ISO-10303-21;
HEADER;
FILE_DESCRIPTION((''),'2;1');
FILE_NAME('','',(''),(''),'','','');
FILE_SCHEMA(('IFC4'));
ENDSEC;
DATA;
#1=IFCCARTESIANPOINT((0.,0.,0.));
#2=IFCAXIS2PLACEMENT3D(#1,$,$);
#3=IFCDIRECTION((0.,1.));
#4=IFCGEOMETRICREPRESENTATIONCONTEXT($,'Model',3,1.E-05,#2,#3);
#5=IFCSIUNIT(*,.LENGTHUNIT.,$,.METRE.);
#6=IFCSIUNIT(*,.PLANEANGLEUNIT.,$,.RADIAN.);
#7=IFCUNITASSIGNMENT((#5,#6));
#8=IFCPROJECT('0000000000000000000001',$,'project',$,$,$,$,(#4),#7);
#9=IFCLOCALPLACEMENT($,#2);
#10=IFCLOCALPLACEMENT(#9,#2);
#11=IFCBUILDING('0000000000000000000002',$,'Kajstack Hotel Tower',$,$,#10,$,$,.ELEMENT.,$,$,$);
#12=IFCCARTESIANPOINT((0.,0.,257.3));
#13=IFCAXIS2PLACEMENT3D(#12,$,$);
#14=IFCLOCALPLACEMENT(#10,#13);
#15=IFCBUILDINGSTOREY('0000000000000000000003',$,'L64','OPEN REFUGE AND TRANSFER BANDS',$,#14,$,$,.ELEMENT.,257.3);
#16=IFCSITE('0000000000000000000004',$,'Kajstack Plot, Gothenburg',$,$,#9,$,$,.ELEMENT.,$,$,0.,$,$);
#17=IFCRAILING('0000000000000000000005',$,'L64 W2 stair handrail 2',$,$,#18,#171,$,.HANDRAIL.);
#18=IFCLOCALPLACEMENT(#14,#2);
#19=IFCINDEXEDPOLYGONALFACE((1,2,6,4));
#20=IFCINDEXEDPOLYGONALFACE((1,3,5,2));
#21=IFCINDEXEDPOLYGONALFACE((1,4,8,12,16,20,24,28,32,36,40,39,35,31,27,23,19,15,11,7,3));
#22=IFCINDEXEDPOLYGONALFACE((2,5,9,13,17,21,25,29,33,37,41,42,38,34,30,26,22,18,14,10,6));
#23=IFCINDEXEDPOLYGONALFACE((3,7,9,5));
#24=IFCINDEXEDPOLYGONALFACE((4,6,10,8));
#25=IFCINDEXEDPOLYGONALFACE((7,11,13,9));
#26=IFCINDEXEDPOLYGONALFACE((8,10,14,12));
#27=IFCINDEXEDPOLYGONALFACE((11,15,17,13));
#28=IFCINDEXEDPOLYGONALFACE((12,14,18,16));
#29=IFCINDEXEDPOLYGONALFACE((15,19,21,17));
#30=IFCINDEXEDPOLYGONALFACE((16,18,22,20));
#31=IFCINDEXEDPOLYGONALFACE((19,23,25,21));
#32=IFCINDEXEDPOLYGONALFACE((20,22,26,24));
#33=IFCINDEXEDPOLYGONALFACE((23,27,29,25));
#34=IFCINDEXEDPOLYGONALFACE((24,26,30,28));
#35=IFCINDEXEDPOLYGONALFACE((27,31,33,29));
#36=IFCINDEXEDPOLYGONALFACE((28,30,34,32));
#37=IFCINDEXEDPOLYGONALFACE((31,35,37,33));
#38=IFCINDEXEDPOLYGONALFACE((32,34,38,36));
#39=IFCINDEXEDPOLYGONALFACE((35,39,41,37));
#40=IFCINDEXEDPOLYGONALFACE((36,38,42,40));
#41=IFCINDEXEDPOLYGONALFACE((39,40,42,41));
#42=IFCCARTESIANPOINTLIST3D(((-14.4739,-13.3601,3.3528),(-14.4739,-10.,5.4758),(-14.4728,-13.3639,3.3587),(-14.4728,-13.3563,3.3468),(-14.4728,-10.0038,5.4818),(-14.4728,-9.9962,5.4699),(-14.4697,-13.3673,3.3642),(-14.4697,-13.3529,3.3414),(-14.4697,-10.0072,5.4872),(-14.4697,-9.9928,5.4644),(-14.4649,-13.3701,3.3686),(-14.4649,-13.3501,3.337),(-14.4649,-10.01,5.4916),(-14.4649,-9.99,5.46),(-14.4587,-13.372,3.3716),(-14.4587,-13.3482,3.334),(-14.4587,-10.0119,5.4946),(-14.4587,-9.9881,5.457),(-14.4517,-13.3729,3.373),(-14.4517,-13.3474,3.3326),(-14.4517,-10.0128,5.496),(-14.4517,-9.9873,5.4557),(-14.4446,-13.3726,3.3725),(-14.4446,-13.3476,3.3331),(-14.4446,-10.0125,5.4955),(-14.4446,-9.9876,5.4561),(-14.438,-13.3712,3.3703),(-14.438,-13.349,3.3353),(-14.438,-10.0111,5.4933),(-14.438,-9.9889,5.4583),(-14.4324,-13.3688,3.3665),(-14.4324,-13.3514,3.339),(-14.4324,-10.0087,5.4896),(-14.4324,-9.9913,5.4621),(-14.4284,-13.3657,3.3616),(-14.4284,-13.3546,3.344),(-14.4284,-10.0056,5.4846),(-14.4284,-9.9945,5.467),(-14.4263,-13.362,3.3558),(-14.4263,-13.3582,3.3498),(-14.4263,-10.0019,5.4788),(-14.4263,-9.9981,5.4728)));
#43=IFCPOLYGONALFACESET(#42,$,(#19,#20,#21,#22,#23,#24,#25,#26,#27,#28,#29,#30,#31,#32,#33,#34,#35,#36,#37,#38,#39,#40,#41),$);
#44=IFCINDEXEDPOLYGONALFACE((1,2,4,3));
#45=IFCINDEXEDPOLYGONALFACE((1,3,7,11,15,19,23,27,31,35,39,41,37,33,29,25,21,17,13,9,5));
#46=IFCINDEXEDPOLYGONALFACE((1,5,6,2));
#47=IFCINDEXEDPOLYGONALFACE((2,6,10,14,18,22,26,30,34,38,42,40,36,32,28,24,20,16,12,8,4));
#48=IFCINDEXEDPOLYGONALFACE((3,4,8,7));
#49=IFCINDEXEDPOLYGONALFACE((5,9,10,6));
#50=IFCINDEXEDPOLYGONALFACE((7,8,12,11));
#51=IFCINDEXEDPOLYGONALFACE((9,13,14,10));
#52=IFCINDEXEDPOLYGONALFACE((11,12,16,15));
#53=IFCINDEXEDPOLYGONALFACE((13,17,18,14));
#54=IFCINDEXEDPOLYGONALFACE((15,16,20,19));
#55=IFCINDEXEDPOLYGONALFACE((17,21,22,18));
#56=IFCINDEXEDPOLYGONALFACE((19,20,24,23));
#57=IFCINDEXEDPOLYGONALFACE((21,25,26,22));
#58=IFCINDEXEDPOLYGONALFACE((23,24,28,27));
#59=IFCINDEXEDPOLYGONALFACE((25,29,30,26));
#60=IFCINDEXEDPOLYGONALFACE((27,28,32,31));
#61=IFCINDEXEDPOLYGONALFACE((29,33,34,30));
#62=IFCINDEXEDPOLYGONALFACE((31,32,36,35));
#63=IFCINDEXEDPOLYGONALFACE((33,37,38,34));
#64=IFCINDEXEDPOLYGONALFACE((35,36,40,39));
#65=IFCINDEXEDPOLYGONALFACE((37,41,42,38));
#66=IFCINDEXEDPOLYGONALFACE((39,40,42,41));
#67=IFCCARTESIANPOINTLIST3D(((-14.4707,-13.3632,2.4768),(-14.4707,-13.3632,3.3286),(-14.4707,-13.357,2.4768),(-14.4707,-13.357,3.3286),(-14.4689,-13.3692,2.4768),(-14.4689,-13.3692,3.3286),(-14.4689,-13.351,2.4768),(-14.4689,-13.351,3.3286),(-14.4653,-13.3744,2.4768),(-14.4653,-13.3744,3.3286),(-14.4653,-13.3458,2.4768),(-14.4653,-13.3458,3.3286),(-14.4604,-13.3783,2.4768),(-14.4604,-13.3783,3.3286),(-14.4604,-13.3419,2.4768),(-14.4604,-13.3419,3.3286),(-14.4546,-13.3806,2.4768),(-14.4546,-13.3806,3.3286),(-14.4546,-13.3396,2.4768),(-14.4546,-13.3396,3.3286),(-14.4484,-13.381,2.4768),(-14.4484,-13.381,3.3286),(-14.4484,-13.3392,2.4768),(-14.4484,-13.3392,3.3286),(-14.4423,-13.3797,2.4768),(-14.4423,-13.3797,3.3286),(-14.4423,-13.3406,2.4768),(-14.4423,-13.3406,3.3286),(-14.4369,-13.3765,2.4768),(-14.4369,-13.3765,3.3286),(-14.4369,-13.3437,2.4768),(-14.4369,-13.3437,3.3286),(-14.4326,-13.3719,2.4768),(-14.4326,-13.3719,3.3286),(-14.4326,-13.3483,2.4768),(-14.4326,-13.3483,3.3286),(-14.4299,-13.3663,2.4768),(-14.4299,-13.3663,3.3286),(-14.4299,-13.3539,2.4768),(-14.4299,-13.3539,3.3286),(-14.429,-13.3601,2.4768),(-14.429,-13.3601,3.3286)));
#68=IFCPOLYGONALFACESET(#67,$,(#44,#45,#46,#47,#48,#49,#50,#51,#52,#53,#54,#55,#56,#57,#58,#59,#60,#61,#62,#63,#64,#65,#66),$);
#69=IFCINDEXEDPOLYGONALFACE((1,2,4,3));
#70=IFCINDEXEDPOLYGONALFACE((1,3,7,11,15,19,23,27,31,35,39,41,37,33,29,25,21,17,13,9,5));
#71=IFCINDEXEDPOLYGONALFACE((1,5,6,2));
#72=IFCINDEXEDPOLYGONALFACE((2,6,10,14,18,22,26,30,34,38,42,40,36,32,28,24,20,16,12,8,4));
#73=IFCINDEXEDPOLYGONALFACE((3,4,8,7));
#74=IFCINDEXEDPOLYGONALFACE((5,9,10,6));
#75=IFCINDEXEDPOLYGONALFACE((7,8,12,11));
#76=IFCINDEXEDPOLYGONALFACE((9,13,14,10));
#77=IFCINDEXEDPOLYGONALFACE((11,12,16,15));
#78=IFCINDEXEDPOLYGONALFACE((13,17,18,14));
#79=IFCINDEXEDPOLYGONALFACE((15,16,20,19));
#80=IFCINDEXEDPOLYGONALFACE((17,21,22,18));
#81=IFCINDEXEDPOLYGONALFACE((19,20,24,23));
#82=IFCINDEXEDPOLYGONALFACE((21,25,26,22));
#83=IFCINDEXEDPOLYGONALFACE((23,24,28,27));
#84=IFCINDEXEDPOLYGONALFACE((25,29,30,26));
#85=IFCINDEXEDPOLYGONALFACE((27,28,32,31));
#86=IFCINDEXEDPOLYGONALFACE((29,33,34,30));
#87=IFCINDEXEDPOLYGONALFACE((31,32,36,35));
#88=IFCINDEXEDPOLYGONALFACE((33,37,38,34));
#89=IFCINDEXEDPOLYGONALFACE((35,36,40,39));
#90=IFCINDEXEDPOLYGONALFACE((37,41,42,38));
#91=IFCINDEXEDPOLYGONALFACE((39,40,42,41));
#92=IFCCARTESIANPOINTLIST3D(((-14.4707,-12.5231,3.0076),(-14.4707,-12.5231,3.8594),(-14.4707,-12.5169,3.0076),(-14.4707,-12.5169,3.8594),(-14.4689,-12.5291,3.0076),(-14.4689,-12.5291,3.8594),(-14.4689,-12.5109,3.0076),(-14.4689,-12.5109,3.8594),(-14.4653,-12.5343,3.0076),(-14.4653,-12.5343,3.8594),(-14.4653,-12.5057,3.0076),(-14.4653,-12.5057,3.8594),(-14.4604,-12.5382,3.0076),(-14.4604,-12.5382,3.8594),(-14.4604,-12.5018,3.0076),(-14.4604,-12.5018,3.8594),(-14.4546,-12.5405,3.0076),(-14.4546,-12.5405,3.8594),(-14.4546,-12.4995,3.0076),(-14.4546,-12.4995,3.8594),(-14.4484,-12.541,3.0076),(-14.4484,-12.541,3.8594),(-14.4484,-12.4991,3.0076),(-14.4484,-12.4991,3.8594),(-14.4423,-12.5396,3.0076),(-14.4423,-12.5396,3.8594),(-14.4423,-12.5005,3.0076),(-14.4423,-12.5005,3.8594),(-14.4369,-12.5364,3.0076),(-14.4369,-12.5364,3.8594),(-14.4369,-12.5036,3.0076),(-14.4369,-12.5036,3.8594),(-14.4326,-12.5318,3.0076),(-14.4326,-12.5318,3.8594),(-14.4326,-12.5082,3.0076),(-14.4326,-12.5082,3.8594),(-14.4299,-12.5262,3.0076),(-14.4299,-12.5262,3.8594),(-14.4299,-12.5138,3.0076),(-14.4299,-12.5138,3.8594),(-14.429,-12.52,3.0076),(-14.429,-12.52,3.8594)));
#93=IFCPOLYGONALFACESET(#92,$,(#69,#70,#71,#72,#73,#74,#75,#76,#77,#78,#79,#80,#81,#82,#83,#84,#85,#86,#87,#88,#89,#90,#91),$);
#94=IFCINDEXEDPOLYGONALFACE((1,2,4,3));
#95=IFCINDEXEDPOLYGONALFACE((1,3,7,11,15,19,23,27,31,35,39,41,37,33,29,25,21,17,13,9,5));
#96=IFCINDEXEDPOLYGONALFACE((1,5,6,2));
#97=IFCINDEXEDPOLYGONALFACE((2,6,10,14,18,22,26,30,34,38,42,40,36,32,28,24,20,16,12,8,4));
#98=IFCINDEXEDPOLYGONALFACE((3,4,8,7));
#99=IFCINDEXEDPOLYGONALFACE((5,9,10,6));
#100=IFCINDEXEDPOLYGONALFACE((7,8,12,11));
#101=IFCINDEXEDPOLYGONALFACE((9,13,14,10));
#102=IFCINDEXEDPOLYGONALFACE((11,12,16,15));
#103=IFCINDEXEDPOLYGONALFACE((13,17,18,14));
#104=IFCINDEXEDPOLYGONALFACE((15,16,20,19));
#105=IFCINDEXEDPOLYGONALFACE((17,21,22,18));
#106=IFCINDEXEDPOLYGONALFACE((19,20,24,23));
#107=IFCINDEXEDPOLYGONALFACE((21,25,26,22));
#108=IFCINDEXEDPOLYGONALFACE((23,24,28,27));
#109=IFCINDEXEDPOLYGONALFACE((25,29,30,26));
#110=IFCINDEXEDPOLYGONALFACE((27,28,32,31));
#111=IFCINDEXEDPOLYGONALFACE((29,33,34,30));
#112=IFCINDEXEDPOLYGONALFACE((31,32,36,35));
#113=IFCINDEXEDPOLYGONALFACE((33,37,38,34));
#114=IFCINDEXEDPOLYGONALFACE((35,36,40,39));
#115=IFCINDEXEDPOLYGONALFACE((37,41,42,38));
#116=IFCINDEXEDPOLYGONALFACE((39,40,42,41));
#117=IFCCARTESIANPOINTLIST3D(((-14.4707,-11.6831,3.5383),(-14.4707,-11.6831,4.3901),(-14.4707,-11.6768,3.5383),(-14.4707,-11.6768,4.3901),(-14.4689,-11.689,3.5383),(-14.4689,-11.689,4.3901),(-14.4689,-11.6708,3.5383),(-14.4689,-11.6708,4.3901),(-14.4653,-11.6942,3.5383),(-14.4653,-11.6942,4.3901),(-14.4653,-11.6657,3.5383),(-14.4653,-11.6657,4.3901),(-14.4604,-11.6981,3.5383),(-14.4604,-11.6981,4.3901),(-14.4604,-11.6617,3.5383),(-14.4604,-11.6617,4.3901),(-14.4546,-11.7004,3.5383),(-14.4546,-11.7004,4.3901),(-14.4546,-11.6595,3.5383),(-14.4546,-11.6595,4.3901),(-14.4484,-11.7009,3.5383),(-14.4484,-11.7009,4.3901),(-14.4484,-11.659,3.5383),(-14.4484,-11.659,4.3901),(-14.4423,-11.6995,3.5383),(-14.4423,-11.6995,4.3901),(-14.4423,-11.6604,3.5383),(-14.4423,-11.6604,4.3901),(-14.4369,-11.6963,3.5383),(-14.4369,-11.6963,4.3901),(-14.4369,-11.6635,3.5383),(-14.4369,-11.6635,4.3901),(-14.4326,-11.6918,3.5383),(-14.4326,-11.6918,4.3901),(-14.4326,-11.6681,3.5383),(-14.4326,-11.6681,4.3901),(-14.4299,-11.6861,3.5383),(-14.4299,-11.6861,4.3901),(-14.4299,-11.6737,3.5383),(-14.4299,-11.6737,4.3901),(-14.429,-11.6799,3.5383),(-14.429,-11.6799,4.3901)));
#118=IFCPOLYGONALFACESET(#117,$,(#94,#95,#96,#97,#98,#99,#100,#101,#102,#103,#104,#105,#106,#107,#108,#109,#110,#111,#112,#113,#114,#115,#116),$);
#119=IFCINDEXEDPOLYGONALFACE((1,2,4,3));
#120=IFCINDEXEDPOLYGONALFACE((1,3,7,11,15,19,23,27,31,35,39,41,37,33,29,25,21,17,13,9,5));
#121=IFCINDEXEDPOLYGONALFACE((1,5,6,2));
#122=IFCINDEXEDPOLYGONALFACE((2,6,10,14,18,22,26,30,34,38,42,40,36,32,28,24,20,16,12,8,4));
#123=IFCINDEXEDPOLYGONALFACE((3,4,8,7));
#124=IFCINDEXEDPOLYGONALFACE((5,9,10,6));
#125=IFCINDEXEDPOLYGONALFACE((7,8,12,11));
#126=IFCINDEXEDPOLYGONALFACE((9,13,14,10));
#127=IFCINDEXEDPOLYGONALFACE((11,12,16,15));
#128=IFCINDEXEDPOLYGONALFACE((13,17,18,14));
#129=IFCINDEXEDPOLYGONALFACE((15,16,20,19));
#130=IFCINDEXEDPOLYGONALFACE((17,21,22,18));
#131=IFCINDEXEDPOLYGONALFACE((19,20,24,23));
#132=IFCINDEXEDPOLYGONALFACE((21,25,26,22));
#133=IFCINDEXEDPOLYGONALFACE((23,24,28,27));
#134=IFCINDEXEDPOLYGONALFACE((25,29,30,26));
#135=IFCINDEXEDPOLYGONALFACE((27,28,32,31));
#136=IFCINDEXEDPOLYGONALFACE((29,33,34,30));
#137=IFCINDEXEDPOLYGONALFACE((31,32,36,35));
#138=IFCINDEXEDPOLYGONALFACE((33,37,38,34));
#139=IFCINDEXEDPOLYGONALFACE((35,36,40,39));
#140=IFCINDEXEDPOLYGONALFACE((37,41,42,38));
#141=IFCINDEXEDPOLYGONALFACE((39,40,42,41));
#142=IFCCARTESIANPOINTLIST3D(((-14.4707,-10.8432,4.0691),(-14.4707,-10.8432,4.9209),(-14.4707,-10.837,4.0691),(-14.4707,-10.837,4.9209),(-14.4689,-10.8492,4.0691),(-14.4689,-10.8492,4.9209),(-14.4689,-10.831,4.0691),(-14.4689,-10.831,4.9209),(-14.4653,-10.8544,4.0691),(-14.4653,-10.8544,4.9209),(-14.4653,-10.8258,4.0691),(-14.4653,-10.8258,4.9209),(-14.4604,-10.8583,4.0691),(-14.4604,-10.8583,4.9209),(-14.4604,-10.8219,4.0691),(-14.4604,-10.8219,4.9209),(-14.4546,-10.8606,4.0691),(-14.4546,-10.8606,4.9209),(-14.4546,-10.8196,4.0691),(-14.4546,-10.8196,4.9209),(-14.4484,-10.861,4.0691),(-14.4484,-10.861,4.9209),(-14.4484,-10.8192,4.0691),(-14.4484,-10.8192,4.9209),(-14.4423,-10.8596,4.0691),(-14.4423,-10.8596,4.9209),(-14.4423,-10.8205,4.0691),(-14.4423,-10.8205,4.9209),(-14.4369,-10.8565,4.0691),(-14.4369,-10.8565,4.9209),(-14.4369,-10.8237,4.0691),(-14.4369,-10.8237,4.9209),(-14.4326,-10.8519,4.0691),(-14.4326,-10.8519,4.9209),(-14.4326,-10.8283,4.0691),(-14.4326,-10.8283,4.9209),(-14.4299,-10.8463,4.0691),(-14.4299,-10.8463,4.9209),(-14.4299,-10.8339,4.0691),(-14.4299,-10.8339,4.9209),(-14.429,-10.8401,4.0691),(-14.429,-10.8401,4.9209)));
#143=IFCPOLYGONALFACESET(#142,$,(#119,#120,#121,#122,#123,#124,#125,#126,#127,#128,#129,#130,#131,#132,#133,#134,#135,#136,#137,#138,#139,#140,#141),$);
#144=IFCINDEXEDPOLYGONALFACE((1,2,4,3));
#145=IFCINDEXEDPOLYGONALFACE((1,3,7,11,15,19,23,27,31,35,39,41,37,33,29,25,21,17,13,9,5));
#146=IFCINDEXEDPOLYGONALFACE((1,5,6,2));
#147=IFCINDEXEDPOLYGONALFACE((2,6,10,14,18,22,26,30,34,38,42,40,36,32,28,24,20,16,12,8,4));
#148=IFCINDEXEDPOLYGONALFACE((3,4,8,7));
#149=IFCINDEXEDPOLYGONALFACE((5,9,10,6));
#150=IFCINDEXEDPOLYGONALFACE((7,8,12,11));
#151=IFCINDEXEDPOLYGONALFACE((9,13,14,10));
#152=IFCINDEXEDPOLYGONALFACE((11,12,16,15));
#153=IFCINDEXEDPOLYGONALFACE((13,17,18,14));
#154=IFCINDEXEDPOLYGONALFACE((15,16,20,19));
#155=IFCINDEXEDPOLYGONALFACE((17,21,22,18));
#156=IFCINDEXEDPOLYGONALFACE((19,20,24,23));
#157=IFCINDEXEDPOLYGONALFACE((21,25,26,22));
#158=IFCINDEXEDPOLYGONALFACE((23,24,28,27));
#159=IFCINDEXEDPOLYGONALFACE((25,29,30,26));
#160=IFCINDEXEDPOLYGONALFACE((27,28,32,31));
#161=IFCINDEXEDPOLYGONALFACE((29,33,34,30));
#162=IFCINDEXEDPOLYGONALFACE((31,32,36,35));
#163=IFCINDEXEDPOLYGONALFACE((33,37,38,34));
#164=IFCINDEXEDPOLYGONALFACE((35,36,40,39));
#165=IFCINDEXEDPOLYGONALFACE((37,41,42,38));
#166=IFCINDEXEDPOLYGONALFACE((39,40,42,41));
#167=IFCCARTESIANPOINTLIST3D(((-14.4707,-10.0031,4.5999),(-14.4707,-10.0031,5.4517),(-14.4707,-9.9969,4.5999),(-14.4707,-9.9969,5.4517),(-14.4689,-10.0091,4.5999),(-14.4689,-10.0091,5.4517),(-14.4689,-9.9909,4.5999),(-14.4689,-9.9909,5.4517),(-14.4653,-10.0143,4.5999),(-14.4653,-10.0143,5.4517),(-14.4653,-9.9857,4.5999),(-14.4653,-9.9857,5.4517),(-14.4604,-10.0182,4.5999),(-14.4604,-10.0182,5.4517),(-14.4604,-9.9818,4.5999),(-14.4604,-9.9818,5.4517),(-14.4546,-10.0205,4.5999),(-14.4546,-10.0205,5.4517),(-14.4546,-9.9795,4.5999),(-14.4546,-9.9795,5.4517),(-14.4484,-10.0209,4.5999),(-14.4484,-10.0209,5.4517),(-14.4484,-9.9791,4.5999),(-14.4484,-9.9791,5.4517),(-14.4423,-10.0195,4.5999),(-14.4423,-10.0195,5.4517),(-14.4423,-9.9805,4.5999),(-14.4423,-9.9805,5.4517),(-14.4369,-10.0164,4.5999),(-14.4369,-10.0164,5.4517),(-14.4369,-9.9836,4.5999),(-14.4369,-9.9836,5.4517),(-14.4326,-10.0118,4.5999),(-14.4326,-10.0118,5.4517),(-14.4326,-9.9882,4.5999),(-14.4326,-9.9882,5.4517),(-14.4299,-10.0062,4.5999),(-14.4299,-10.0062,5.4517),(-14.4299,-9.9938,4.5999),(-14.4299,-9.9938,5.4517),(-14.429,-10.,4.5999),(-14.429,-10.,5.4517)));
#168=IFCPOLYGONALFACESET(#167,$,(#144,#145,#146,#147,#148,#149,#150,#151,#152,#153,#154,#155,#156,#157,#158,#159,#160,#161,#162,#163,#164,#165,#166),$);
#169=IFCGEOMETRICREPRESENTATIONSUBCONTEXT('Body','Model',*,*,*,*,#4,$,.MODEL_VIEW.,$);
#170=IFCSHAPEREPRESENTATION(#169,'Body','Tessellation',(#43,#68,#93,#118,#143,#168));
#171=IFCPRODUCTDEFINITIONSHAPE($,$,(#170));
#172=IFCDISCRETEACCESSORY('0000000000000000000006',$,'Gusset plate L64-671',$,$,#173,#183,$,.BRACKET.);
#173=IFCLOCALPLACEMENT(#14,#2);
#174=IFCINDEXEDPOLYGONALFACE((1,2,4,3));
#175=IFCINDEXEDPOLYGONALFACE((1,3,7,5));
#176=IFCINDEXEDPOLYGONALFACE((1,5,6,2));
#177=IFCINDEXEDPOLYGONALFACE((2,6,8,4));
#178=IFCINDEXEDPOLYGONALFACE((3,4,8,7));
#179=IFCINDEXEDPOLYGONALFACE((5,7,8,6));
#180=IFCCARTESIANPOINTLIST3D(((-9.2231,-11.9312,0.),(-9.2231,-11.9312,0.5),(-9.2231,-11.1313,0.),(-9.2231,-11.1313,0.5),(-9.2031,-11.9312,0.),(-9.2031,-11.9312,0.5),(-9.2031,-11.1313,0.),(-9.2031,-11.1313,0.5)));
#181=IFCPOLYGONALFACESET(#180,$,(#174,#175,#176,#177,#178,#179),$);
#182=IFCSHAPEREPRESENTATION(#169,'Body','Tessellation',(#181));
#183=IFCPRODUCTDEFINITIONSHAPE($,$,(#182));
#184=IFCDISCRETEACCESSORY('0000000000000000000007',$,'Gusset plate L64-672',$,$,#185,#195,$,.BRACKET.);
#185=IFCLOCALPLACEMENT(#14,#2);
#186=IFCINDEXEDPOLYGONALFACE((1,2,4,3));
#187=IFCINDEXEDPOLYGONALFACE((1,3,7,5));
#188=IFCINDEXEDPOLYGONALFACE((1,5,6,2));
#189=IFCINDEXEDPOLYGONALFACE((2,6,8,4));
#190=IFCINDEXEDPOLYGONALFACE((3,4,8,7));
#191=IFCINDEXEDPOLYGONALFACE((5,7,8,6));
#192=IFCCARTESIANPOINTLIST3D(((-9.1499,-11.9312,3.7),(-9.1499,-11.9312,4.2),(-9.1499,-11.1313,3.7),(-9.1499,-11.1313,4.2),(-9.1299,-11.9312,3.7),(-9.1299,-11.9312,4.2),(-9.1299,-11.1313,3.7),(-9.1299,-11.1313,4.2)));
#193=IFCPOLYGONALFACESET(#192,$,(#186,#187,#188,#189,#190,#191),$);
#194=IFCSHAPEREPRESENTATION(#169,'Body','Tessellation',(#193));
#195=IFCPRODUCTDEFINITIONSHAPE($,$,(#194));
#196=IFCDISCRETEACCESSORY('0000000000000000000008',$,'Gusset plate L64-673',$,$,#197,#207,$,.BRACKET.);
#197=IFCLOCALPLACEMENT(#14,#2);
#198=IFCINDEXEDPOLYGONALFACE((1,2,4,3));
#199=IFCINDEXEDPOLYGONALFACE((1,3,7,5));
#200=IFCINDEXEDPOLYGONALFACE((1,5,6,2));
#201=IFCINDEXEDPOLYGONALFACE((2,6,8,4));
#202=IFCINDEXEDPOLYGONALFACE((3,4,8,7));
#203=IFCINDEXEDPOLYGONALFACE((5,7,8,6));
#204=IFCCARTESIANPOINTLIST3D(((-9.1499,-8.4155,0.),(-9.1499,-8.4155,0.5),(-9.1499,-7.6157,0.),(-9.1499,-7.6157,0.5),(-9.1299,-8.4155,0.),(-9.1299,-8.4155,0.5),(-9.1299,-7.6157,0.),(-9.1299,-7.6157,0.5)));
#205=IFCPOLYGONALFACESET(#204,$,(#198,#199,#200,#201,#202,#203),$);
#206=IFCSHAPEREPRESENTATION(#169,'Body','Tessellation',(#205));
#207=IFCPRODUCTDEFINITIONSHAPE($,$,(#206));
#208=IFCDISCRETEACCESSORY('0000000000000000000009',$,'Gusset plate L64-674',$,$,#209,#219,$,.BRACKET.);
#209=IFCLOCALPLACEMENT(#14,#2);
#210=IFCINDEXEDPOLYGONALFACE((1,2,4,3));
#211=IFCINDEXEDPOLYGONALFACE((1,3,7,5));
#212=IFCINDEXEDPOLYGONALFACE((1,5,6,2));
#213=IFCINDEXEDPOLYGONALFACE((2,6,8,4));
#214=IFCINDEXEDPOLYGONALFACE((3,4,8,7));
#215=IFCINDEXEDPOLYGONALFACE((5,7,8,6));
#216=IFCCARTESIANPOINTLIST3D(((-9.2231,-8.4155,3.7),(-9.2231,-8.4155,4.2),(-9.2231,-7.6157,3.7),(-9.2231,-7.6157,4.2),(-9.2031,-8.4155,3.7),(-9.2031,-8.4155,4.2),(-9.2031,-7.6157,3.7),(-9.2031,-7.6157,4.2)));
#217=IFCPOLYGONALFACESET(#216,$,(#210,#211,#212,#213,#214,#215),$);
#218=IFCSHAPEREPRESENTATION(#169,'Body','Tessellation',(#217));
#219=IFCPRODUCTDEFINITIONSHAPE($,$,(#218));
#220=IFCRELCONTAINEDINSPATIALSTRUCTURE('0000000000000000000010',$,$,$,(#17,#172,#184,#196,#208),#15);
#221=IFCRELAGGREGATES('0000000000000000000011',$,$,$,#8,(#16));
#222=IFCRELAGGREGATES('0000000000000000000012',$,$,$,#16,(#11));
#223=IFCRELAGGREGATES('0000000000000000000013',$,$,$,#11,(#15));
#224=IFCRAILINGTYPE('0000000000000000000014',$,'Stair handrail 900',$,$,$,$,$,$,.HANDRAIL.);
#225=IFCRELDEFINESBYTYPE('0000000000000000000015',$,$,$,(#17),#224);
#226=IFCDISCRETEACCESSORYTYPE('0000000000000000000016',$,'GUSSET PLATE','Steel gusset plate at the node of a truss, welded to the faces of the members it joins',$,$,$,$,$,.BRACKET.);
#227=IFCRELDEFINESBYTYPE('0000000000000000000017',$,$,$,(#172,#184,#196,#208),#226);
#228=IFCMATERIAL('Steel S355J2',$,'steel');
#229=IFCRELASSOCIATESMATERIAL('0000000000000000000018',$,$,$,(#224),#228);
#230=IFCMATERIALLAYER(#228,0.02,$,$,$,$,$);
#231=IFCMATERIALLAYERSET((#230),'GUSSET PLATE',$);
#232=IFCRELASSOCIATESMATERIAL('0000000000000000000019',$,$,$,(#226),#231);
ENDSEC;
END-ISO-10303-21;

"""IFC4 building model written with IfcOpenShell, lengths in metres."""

from ifc_helpers import new_model, si_unit, direction, frame, origin, origin_2d, place, context, subcontext, project, spatial, polyline, circle, outline, extrude, material, layer, layer_set, type_object, element, save


model = new_model("IFC4")

# Units and contexts
model_context = context("Model", 3, precision=1e-05, world=origin(), true_north=direction((0.0, 1.0)))
body_context = subcontext(model_context, "Body", "Model", "MODEL_VIEW")
ifc_project = project(units=[si_unit("LENGTHUNIT", "METRE"), si_unit("PLANEANGLEUNIT", "RADIAN")], contexts=[model_context])

# Site, building, storey
site_placement = place(None, origin())
site = spatial("IfcSite", under=ifc_project, at=site_placement, Name="Kajstack Plot, Gothenburg", CompositionType="ELEMENT", RefElevation=0.0)
building_placement = place(site_placement, origin())
building = spatial("IfcBuilding", under=site, at=building_placement, Name="Kajstack Hotel Tower", CompositionType="ELEMENT")
storey_placement = place(building_placement, frame((0.0, 0.0, 257.3)))
storey = spatial("IfcBuildingStorey", under=building, at=storey_placement, Name="L64", Description="OPEN REFUGE AND TRANSFER BANDS", CompositionType="ELEMENT", Elevation=257.3)

# Shared definitions
ifc_material_1 = material(Name="Steel S355J2", Category="steel")

# Railing
railing_type_1 = type_object("IfcRailingType", Name="Stair handrail 900", PredefinedType="HANDRAIL", material=ifc_material_1)
railing_1_placement = place(storey_placement, frame((-14.45, -13.3601, 2.4768)))
element("IfcRailing", 1, at=railing_1_placement, inside=storey, type_object=railing_type_1, Name="L64 W2 stair handrail 2", PredefinedType="HANDRAIL", context=body_context, shape_type="SweptSolid", body=[
    extrude(circle(Radius=0.0239, at=origin_2d()), frame((0.0, 0.0, 0.876), z_axis=(0.0, 0.84539, 0.53415), x_axis=(-1.0, 0.0, 0.0)), (0.0, 0.0, 1.0), 3.9746),
    extrude(circle(Radius=0.021, at=origin_2d()), origin(), (0.0, 0.0, 1.0), 0.8518),
    extrude(circle(Radius=0.021, at=origin_2d()), frame((0.0, 0.8401, 0.5308)), (0.0, 0.0, 1.0), 0.8518),
    extrude(circle(Radius=0.021, at=origin_2d()), frame((0.0, 1.6802, 1.0615)), (0.0, 0.0, 1.0), 0.8518),
    extrude(circle(Radius=0.021, at=origin_2d()), frame((0.0, 2.52, 1.5923)), (0.0, 0.0, 1.0), 0.8518),
    extrude(circle(Radius=0.021, at=origin_2d()), frame((0.0, 3.3601, 2.123)), (0.0, 0.0, 1.0), 0.8518),
])

# Discrete accessories
ifc_layer_1 = layer(ifc_material_1, 0.02)
ifc_layer_set_1 = layer_set([ifc_layer_1], Name="GUSSET PLATE")
discrete_accessory_type = type_object("IfcDiscreteAccessoryType", Name="GUSSET PLATE", Description="Steel gusset plate at the node of a truss, welded to the faces of the members it joins", PredefinedType="BRACKET", material=ifc_layer_set_1)
for number, where, z_axis, x_axis, name in (
    (2, (-9.2231, -11.5312, 0.0), (1.0, 0.0, 0.0), (0.0, 1.0, 0.0), "Gusset plate L64-671"),
    (3, (-9.1499, -11.5312, 3.7), (1.0, 0.0, 0.0), (0.0, 1.0, 0.0), "Gusset plate L64-672"),
    (4, (-9.1499, -8.0156, 0.0), (1.0, 0.0, 0.0), (0.0, 1.0, 0.0), "Gusset plate L64-673"),
    (5, (-9.2231, -8.0156, 3.7), (1.0, 0.0, 0.0), (0.0, 1.0, 0.0), "Gusset plate L64-674"),
):
    element("IfcDiscreteAccessory", number, at=place(storey_placement, frame(where, z_axis=z_axis, x_axis=x_axis)), inside=storey, type_object=discrete_accessory_type, Name=name, PredefinedType="BRACKET", context=body_context, shape_type="SweptSolid", body=[
        extrude(outline(polyline([(-0.3999, 0.0), (0.3999, 0.0), (0.3999, 0.5), (-0.3999, 0.5), (-0.3999, 0.0)])), origin(), (0.0, 0.0, 1.0), 0.02),
    ])

save(model, "model.ifc")
